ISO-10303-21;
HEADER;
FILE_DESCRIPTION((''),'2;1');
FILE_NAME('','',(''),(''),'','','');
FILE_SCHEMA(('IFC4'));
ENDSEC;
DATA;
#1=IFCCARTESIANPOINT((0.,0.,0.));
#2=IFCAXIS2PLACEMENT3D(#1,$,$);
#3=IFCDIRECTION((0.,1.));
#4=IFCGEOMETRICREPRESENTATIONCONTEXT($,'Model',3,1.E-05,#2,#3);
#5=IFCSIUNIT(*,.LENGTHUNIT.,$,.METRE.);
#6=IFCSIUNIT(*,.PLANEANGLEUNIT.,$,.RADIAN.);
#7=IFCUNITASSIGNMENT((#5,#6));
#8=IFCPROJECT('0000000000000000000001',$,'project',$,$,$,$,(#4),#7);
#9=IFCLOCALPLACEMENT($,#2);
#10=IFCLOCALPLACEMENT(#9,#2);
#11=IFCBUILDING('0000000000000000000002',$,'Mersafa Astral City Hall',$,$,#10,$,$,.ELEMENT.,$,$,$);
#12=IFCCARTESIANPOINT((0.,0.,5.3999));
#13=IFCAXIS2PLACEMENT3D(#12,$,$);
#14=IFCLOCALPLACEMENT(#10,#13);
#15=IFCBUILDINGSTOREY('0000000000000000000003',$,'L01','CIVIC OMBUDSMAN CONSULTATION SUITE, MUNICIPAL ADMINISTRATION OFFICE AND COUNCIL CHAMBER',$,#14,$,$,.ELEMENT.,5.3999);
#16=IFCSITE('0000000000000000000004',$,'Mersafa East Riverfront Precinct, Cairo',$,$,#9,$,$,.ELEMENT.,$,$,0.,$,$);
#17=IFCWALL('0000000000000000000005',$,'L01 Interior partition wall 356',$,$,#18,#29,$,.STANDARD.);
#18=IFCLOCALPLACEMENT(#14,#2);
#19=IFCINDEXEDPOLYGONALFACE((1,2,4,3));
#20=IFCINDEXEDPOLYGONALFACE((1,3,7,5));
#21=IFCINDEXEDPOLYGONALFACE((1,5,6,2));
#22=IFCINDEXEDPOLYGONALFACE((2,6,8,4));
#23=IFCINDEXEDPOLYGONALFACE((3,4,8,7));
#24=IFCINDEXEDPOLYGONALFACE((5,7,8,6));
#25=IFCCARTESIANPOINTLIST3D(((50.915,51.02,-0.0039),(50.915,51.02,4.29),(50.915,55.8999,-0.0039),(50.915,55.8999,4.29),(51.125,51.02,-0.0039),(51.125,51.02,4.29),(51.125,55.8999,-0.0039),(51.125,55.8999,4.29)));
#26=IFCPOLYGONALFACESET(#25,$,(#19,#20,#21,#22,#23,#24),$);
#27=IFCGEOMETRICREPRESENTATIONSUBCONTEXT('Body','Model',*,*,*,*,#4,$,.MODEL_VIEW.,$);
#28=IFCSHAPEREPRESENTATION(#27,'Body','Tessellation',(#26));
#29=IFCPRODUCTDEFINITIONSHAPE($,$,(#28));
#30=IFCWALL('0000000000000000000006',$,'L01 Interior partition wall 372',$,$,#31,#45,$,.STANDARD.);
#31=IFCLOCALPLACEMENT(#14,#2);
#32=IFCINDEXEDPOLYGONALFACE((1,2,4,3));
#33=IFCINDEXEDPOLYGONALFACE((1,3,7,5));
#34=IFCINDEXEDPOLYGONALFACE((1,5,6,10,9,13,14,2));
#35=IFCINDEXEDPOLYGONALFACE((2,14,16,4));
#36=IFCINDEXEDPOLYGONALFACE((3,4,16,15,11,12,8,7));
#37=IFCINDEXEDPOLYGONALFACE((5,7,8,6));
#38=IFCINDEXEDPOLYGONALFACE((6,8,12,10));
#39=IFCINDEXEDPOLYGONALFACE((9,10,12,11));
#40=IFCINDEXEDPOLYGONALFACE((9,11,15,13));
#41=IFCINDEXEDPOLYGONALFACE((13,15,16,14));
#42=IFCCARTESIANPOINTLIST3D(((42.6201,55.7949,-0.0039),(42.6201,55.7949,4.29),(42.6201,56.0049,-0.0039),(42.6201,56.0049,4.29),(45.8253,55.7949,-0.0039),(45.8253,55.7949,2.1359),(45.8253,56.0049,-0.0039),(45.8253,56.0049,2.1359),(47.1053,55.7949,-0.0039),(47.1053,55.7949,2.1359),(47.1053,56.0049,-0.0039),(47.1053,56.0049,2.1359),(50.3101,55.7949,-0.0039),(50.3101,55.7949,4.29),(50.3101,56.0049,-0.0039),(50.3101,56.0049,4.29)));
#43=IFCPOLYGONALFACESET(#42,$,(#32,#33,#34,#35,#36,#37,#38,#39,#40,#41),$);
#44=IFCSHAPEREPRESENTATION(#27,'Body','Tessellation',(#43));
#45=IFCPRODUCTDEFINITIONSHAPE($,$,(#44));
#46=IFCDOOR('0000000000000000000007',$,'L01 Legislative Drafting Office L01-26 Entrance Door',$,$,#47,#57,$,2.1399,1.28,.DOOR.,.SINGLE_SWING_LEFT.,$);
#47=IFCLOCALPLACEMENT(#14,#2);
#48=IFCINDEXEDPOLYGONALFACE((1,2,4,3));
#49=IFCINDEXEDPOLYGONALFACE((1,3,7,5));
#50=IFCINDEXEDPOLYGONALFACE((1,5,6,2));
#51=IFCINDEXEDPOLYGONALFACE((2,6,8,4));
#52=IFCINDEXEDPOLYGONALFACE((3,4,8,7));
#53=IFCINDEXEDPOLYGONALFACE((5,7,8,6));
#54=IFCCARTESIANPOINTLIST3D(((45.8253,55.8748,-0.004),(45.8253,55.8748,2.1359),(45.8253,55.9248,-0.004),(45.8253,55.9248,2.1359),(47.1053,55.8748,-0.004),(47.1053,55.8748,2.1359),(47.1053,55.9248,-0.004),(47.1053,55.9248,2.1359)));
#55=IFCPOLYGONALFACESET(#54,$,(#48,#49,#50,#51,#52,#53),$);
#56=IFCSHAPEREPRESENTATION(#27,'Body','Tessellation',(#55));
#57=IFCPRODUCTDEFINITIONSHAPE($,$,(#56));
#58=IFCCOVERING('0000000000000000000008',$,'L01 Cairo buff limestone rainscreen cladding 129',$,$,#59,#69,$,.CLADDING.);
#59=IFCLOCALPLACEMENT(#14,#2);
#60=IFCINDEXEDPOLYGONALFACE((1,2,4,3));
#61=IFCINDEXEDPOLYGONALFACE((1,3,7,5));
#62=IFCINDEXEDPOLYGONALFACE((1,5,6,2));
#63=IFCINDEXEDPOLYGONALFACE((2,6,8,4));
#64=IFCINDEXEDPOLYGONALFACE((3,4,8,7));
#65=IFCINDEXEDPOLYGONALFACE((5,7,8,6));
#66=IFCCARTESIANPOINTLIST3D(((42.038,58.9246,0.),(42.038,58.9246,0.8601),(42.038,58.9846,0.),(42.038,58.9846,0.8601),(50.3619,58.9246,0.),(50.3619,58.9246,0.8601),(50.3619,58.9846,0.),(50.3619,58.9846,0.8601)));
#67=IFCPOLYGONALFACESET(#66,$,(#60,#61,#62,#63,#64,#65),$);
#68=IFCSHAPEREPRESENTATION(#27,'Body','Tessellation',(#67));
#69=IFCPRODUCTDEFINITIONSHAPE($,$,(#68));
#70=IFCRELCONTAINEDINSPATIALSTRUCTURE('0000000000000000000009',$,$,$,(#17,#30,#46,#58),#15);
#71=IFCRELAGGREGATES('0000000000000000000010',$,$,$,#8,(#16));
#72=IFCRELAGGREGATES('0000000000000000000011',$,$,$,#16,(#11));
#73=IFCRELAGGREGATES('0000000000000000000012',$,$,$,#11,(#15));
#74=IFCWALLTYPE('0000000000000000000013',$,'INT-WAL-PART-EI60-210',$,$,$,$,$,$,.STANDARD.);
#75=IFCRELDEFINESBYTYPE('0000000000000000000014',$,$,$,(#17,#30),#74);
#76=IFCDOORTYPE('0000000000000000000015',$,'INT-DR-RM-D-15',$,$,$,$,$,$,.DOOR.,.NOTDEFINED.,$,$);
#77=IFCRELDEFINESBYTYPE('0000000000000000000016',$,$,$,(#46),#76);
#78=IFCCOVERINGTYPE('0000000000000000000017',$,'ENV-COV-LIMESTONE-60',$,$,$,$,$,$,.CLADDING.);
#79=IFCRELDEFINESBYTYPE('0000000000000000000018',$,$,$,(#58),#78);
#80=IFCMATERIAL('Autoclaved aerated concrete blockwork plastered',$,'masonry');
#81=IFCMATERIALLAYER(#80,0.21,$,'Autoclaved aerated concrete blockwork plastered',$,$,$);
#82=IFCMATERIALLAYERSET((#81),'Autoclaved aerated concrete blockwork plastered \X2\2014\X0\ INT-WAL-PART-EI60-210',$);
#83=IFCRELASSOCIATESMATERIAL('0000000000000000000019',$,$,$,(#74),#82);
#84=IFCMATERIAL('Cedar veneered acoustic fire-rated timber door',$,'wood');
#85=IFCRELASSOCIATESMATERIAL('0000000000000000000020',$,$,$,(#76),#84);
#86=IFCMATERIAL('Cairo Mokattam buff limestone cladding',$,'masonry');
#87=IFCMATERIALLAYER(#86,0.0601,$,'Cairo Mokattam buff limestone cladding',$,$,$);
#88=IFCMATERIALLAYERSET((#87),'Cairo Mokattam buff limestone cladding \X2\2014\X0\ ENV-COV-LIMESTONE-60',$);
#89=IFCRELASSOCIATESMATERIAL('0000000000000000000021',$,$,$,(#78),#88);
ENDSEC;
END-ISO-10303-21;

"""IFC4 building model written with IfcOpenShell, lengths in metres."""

from ifc_helpers import new_model, si_unit, direction, frame, frame_2d, origin, origin_2d, place, context, subcontext, project, spatial, rectangle, extrude, material, layer, layer_set, type_object, element, fill, save


model = new_model("IFC4")

# Units and contexts
model_context = context("Model", 3, precision=1e-05, world=origin(), true_north=direction((0.0, 1.0)))
body_context = subcontext(model_context, "Body", "Model", "MODEL_VIEW")
ifc_project = project(units=[si_unit("LENGTHUNIT", "METRE"), si_unit("PLANEANGLEUNIT", "RADIAN")], contexts=[model_context])

# Site, building, storey
site_placement = place(None, origin())
site = spatial("IfcSite", under=ifc_project, at=site_placement, Name="Mersafa East Riverfront Precinct, Cairo", CompositionType="ELEMENT", RefElevation=0.0)
building_placement = place(site_placement, origin())
building = spatial("IfcBuilding", under=site, at=building_placement, Name="Mersafa Astral City Hall", CompositionType="ELEMENT")
storey_placement = place(building_placement, frame((0.0, 0.0, 5.3999)))
storey = spatial("IfcBuildingStorey", under=building, at=storey_placement, Name="L01", Description="CIVIC OMBUDSMAN CONSULTATION SUITE, MUNICIPAL ADMINISTRATION OFFICE AND COUNCIL CHAMBER", CompositionType="ELEMENT", Elevation=5.3999)

# Wall
ifc_material_1 = material(Name="Autoclaved aerated concrete blockwork plastered", Category="masonry")
ifc_layer_1 = layer(ifc_material_1, 0.21, Name="Autoclaved aerated concrete blockwork plastered")
ifc_layer_set_1 = layer_set([ifc_layer_1], Name="Autoclaved aerated concrete blockwork plastered — INT-WAL-PART-EI60-210")
wall_type_1 = type_object("IfcWallType", Name="INT-WAL-PART-EI60-210", PredefinedType="STANDARD", material=ifc_layer_set_1)
wall_1_placement = place(storey_placement, frame((51.02, 55.8999, -0.0039), z_axis=(0.0, 0.0, 1.0), x_axis=(0.0, -1.0, 0.0)))
element("IfcWall", 1, at=wall_1_placement, inside=storey, type_object=wall_type_1, Name="L01 Interior partition wall 356", PredefinedType="STANDARD", context=body_context, shape_type="SweptSolid", body=[
    extrude(rectangle(XDim=4.8799, YDim=0.21, at=frame_2d((2.4399, 0.0))), origin(), (0.0, 0.0, 1.0), 4.2939),
])

# Wall, opening, door
wall_2_placement = place(storey_placement, frame((42.6201, 55.8999, -0.0039), z_axis=(0.0, 0.0, 1.0), x_axis=(1.0, 0.0, 0.0)))
wall_2 = element("IfcWall", 2, at=wall_2_placement, inside=storey, type_object=wall_type_1, Name="L01 Interior partition wall 372", PredefinedType="STANDARD", context=body_context, shape_type="SweptSolid", body=[
    extrude(rectangle(XDim=7.6899, YDim=0.21, at=frame_2d((3.845, 0.0))), origin(), (0.0, 0.0, 1.0), 4.2939),
])
opening_1_placement = place(wall_2_placement, frame((3.2051, 0.0, 0.0)))
opening_1 = element("IfcOpeningElement", 3, at=opening_1_placement, cuts=wall_2, PredefinedType="OPENING", context=body_context, shape_type="SweptSolid", body=[
    extrude(rectangle(XDim=1.28, YDim=2.1399, at=frame_2d((0.6401, 1.0698))), frame((0.0, 0.115, 0.0), z_axis=(0.0, -1.0, 0.0), x_axis=(1.0, 0.0, 0.0)), (0.0, 0.0, 1.0), 0.23),
])
ifc_material_2 = material(Name="Cedar veneered acoustic fire-rated timber door", Category="wood")
door_type = type_object("IfcDoorType", Name="INT-DR-RM-D-15", OperationType="NOTDEFINED", PredefinedType="DOOR", material=ifc_material_2)
door_placement = place(opening_1_placement, origin())
door = element("IfcDoor", 4, at=door_placement, inside=storey, type_object=door_type, Name="L01 Legislative Drafting Office L01-26 Entrance Door", OperationType="SINGLE_SWING_LEFT", OverallHeight=2.1399, OverallWidth=1.28, PredefinedType="DOOR", context=body_context, shape_type="SweptSolid", body=[
    extrude(rectangle(XDim=1.28, YDim=2.1399, at=frame_2d((0.6401, 1.0698))), frame((0.0, 0.0249, 0.0), z_axis=(0.0, -1.0, 0.0), x_axis=(1.0, 0.0, 0.0)), (0.0, 0.0, 1.0), 0.05),
])
fill(opening_1, door)

# Covering
ifc_material_3 = material(Name="Cairo Mokattam buff limestone cladding", Category="masonry")
ifc_layer_2 = layer(ifc_material_3, 0.0601, Name="Cairo Mokattam buff limestone cladding")
ifc_layer_set_2 = layer_set([ifc_layer_2], Name="Cairo Mokattam buff limestone cladding — ENV-COV-LIMESTONE-60")
covering_type = type_object("IfcCoveringType", Name="ENV-COV-LIMESTONE-60", PredefinedType="CLADDING", material=ifc_layer_set_2)
covering_placement = place(storey_placement, frame((46.2, 58.9546, 0.0), z_axis=(0.0, 0.0, 1.0), x_axis=(-1.0, 0.0, 0.0)))
element("IfcCovering", 5, at=covering_placement, inside=storey, type_object=covering_type, Name="L01 Cairo buff limestone rainscreen cladding 129", PredefinedType="CLADDING", context=body_context, shape_type="SweptSolid", body=[
    extrude(rectangle(XDim=8.324, YDim=0.0601, at=origin_2d()), origin(), (0.0, 0.0, 1.0), 0.8601),
])

save(model, "model.ifc")
